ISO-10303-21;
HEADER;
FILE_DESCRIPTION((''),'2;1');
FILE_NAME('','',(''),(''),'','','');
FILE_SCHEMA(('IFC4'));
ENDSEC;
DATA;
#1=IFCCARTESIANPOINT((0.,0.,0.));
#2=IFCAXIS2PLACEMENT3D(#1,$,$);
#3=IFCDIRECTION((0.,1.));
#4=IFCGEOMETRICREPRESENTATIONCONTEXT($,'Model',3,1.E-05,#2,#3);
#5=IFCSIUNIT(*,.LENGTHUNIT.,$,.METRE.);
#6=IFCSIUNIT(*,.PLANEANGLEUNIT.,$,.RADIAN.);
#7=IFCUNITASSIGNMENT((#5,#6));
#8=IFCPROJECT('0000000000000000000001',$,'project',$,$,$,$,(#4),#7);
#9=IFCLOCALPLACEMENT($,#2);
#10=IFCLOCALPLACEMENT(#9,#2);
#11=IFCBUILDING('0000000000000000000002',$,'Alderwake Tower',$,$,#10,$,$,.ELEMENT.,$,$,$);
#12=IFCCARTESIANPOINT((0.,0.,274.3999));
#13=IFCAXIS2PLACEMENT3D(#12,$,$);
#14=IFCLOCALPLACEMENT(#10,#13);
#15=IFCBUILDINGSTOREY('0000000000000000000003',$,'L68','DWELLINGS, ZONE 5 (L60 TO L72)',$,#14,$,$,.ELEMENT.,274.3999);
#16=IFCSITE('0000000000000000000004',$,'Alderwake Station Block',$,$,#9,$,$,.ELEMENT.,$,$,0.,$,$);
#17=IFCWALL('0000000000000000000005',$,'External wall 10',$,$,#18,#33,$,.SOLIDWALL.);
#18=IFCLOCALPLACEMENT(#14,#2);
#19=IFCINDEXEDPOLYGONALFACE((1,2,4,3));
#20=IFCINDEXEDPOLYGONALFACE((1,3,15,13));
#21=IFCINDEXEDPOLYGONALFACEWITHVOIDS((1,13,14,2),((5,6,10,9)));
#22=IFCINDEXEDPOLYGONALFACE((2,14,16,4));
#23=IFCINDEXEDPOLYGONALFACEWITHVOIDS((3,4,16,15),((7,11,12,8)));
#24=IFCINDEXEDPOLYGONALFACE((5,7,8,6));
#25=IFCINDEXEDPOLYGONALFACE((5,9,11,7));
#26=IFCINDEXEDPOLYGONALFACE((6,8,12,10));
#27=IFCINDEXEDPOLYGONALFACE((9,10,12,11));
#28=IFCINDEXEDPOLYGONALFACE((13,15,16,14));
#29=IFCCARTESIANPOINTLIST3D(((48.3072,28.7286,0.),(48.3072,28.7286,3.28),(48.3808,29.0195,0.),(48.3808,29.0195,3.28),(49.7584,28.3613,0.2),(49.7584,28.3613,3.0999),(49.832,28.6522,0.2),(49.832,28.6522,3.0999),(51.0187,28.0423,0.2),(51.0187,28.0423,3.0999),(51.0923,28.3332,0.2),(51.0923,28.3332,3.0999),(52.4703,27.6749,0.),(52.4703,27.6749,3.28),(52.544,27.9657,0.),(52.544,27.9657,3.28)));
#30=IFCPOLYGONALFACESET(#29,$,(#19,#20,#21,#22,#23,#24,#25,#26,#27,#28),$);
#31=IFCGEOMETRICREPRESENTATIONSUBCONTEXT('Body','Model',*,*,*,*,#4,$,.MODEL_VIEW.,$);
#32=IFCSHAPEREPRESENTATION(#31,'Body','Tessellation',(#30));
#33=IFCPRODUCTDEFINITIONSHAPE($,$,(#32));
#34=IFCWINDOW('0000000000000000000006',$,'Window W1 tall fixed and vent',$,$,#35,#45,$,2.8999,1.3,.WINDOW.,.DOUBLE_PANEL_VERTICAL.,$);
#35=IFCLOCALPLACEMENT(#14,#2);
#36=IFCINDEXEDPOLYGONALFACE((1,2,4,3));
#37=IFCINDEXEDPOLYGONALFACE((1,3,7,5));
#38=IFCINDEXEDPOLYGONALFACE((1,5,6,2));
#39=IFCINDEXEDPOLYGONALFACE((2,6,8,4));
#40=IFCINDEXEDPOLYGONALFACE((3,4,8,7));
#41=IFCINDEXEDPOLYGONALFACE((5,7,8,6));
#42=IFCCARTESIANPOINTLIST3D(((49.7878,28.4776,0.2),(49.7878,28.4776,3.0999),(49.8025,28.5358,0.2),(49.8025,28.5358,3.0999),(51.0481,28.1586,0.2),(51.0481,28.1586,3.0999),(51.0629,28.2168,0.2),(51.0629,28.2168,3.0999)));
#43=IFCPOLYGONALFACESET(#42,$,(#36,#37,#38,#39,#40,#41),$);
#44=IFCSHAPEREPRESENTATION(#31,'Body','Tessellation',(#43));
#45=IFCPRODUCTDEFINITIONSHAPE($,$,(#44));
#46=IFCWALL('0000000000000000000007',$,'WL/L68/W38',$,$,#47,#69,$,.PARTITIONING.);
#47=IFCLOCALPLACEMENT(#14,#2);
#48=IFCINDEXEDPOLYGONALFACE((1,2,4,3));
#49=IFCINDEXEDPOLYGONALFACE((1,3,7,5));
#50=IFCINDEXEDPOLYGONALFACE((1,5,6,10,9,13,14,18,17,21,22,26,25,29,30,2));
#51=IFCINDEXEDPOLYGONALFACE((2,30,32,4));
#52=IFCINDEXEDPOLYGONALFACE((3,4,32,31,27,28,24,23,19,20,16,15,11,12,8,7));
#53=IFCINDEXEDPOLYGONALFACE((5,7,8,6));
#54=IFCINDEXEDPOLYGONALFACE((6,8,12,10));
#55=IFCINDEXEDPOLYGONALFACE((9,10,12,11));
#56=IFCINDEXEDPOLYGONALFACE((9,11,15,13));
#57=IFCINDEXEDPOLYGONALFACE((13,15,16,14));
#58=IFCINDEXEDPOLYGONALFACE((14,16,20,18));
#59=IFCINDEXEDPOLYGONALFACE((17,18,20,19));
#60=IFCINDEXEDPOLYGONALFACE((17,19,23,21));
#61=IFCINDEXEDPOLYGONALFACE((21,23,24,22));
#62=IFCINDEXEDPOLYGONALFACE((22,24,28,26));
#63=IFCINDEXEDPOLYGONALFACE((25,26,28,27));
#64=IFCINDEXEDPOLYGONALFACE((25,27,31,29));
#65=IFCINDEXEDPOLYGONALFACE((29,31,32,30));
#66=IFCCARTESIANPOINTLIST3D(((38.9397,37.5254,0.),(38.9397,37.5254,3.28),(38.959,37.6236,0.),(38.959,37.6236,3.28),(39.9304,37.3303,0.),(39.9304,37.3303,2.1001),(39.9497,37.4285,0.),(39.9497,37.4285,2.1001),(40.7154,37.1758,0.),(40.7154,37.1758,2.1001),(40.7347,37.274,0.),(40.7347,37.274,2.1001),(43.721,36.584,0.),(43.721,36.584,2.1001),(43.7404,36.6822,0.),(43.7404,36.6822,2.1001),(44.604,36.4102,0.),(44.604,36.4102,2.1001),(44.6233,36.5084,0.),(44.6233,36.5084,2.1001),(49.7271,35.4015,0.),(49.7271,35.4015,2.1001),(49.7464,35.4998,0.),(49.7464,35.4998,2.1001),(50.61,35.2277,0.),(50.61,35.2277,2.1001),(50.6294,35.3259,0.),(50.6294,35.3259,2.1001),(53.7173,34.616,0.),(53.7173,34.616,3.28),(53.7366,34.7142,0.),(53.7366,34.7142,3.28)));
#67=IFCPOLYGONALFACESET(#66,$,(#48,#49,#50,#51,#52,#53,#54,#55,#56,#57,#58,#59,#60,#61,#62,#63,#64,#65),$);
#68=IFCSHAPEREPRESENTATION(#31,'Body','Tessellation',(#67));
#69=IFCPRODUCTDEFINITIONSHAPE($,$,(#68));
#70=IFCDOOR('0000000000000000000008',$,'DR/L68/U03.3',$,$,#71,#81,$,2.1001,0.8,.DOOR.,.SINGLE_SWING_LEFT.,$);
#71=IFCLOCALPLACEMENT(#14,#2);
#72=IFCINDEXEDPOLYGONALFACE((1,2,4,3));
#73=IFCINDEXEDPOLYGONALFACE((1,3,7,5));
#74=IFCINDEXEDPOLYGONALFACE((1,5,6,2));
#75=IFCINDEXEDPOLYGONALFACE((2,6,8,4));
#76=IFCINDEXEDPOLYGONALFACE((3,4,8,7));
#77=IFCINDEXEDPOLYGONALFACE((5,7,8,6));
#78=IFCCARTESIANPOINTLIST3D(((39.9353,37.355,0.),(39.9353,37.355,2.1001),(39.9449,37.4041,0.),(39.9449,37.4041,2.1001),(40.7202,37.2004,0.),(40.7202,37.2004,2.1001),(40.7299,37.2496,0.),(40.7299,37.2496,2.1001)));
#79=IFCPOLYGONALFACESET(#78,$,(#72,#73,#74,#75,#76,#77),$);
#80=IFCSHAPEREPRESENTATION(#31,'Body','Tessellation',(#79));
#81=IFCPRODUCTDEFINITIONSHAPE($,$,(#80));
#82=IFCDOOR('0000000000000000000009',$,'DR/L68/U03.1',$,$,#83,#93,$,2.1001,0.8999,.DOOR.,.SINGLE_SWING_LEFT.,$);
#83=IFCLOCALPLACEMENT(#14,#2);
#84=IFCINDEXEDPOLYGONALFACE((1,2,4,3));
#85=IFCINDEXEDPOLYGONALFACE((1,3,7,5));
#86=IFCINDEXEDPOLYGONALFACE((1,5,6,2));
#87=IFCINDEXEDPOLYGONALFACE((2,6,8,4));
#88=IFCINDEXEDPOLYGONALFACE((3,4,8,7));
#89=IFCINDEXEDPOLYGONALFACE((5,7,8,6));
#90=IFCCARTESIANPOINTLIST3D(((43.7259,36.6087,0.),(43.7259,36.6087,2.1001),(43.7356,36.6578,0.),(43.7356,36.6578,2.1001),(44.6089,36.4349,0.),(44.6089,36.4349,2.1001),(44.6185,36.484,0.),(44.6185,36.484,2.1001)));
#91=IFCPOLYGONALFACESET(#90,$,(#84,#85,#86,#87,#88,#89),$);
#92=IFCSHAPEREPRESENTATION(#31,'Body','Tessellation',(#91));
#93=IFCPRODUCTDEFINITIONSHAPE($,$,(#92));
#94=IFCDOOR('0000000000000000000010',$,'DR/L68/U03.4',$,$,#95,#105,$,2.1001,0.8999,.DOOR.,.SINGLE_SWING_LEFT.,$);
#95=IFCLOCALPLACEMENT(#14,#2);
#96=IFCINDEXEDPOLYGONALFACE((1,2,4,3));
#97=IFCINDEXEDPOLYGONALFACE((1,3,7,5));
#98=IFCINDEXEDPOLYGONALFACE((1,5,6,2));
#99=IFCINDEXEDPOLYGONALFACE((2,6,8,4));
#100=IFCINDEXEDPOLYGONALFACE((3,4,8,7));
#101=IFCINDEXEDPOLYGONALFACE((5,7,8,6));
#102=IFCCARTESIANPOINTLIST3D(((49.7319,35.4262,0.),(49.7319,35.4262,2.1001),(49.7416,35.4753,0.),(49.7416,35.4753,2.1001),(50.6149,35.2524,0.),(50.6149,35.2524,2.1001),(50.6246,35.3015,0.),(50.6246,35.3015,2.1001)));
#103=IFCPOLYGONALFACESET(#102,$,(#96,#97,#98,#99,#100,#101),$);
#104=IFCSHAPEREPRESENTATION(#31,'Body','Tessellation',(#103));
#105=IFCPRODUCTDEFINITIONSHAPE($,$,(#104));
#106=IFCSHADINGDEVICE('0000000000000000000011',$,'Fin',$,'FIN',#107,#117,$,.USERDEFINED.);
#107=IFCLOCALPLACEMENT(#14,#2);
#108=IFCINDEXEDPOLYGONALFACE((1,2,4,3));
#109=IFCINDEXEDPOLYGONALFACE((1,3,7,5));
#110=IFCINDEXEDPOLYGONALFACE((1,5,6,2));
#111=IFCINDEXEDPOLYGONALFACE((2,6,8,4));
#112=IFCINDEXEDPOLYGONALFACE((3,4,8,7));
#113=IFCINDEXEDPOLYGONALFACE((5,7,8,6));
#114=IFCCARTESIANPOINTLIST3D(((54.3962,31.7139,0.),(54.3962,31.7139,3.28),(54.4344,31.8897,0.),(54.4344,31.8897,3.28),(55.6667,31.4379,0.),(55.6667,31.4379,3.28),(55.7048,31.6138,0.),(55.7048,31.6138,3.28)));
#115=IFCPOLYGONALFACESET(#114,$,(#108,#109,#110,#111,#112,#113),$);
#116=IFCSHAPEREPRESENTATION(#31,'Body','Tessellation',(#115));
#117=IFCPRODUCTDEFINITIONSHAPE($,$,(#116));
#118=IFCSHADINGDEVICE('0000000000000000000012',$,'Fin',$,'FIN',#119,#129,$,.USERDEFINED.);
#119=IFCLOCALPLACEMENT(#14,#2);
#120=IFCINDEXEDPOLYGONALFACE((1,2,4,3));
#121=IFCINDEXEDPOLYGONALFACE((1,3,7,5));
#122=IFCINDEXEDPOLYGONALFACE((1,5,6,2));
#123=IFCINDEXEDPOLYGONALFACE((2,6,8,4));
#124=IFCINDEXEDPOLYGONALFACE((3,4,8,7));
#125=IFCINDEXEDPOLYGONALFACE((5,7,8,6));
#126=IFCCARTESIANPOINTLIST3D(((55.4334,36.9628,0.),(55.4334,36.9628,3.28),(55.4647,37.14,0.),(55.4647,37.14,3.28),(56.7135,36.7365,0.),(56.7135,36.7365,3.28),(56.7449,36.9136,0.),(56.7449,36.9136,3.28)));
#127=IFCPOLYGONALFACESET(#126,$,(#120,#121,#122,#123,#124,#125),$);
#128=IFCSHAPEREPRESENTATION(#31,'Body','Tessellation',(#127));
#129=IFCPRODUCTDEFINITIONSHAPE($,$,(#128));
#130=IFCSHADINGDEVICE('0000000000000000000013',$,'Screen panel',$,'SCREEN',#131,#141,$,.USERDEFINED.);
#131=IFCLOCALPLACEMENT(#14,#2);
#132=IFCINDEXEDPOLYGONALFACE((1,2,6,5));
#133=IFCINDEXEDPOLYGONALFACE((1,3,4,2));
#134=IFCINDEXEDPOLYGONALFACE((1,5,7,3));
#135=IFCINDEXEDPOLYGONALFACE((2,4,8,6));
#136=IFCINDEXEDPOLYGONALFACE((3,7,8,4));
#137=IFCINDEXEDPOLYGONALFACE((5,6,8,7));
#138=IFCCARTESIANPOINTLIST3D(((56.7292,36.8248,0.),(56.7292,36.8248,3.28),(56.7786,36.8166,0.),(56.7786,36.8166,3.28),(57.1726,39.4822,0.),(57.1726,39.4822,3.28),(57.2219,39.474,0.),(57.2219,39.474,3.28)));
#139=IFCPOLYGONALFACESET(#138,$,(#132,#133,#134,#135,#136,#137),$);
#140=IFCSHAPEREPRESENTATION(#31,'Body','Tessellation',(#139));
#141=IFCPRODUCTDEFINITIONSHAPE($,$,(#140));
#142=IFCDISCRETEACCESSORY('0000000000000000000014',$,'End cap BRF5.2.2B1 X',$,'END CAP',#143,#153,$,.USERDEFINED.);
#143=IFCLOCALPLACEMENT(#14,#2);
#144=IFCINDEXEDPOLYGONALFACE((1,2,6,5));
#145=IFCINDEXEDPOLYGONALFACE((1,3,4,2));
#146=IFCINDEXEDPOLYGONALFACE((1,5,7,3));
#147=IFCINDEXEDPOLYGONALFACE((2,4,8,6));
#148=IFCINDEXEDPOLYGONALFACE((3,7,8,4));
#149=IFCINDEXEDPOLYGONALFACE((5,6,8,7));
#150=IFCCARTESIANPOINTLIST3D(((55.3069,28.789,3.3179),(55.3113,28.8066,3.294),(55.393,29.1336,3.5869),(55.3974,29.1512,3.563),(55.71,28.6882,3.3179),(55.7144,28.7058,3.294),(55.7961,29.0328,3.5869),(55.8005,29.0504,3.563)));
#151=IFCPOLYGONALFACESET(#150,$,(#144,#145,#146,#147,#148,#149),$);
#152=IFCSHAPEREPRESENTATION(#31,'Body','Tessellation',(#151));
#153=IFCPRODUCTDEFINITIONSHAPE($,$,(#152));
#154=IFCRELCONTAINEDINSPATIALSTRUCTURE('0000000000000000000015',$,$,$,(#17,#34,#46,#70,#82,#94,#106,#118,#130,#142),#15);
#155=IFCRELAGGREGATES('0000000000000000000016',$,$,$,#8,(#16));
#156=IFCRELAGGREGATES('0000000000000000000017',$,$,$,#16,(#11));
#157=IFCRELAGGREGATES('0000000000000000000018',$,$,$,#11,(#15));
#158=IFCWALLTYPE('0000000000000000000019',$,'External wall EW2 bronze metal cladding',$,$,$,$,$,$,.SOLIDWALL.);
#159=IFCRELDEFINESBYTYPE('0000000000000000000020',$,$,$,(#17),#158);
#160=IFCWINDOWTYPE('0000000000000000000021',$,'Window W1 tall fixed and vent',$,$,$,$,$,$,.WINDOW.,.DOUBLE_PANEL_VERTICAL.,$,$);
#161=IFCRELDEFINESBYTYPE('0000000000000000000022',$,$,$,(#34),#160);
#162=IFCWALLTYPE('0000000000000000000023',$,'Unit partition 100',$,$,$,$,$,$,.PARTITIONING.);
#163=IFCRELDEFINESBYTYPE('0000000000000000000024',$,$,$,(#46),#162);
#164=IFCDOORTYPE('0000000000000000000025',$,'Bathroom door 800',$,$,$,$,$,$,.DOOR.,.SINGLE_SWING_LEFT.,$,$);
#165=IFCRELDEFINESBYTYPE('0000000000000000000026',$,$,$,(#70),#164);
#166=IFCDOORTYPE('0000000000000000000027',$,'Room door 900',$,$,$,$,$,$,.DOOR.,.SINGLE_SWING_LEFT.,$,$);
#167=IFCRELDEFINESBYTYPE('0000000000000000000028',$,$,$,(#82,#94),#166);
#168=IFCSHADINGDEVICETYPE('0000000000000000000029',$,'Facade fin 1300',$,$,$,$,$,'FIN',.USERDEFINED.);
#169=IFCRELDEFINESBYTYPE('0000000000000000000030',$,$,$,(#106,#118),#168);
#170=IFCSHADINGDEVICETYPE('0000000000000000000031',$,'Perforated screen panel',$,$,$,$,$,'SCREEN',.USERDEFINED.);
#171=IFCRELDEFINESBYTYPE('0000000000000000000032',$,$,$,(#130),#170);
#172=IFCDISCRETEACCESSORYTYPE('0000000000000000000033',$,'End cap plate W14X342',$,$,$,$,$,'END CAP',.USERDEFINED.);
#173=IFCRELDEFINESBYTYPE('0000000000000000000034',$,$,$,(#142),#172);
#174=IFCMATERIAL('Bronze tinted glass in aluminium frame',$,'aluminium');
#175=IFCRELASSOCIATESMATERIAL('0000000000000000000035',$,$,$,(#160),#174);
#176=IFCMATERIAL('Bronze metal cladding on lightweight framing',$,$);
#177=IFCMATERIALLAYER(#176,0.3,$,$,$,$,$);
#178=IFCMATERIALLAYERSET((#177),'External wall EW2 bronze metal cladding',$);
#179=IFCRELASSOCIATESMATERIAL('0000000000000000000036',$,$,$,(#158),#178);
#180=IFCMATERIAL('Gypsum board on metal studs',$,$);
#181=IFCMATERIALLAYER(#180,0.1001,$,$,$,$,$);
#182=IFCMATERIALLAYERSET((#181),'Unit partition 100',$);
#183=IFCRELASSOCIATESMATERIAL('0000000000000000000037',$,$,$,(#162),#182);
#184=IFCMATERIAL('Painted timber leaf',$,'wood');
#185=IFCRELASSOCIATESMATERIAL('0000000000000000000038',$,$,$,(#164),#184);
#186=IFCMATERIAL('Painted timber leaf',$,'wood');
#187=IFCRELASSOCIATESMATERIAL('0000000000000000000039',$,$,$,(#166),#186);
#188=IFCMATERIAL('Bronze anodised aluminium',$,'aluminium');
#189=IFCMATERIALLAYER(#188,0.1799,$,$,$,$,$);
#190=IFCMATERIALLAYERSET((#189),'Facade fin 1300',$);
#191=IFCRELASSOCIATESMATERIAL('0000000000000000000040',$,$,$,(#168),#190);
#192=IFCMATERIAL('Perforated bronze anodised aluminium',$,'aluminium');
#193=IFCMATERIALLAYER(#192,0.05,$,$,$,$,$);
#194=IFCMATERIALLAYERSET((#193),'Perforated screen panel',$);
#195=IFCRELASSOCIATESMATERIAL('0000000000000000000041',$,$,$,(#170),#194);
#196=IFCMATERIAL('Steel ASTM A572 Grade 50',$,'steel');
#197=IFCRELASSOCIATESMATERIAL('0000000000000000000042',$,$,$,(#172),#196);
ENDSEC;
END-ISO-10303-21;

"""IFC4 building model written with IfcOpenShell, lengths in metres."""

from ifc_helpers import new_model, si_unit, direction, frame, frame_2d, origin, origin_2d, place, context, subcontext, project, spatial, rectangle, extrude, material, layer, layer_set, material_profile, profile_set, type_object, element, fill, save


model = new_model("IFC4")

# Units and contexts
model_context = context("Model", 3, precision=1e-05, world=origin(), true_north=direction((0.0, 1.0)))
body_context = subcontext(model_context, "Body", "Model", "MODEL_VIEW")
ifc_project = project(units=[si_unit("LENGTHUNIT", "METRE"), si_unit("PLANEANGLEUNIT", "RADIAN")], contexts=[model_context])

# Site, building, storey
site_placement = place(None, origin())
site = spatial("IfcSite", under=ifc_project, at=site_placement, Name="Alderwake Station Block", CompositionType="ELEMENT", RefElevation=0.0)
building_placement = place(site_placement, origin())
building = spatial("IfcBuilding", under=site, at=building_placement, Name="Alderwake Tower", CompositionType="ELEMENT")
storey_placement = place(building_placement, frame((0.0, 0.0, 274.3999)))
storey = spatial("IfcBuildingStorey", under=building, at=storey_placement, Name="L68", Description="DWELLINGS, ZONE 5 (L60 TO L72)", CompositionType="ELEMENT", Elevation=274.3999)

# Shared definitions
ifc_material_1 = material(Name="Bronze tinted glass in aluminium frame", Category="aluminium")
window_type = type_object("IfcWindowType", Name="Window W1 tall fixed and vent", PartitioningType="DOUBLE_PANEL_VERTICAL", PredefinedType="WINDOW", material=ifc_material_1)

# Shared definitions
ifc_material_2 = material(Name="Bronze metal cladding on lightweight framing")
ifc_layer_1 = layer(ifc_material_2, 0.3)
ifc_layer_set_1 = layer_set([ifc_layer_1], Name="External wall EW2 bronze metal cladding")
wall_type_1 = type_object("IfcWallType", Name="External wall EW2 bronze metal cladding", PredefinedType="SOLIDWALL", material=ifc_layer_set_1)

# Wall, opening, window
wall_1_placement = place(storey_placement, frame((48.344, 28.874, 0.0), z_axis=(0.0, 0.0, 1.0), x_axis=(0.969429, -0.24537, 0.0)))
wall_1 = element("IfcWall", 1, at=wall_1_placement, inside=storey, type_object=wall_type_1, Name="External wall 10", PredefinedType="SOLIDWALL", context=body_context, shape_type="SweptSolid", body=[
    extrude(rectangle(XDim=4.2944, YDim=0.3, at=frame_2d((2.1472, 0.0))), origin(), (0.0, 0.0, 1.0), 3.28),
])
opening_1_placement = place(wall_1_placement, frame((1.4971, 0.0, 0.2)))
opening_1 = element("IfcOpeningElement", 2, at=opening_1_placement, cuts=wall_1, PredefinedType="OPENING", context=body_context, shape_type="SweptSolid", body=[
    extrude(rectangle(XDim=1.3, YDim=2.8999, at=frame_2d((0.6499, 1.45))), frame((0.0, 0.1599, 0.0), z_axis=(0.0, -1.0, 0.0), x_axis=(1.0, 0.0, 0.0)), (0.0, 0.0, 1.0), 0.3201),
])
window_1_placement = place(opening_1_placement, origin())
window_1 = element("IfcWindow", 3, at=window_1_placement, inside=storey, type_object=window_type, Name="Window W1 tall fixed and vent", OverallHeight=2.8999, OverallWidth=1.3, PartitioningType="DOUBLE_PANEL_VERTICAL", PredefinedType="WINDOW", context=body_context, shape_type="SweptSolid", body=[
    extrude(rectangle(XDim=1.3, YDim=2.8999, at=frame_2d((0.6499, 1.45))), frame((0.0, 0.03, 0.0), z_axis=(0.0, -1.0, 0.0), x_axis=(1.0, 0.0, 0.0)), (0.0, 0.0, 1.0), 0.0601),
])
fill(opening_1, window_1)

# Wall, openings, doors
ifc_material_3 = material(Name="Gypsum board on metal studs")
ifc_layer_2 = layer(ifc_material_3, 0.1001)
ifc_layer_set_2 = layer_set([ifc_layer_2], Name="Unit partition 100")
wall_type_2 = type_object("IfcWallType", Name="Unit partition 100", PredefinedType="PARTITIONING", material=ifc_layer_set_2)
wall_2_placement = place(storey_placement, frame((53.7271, 34.665, 0.0), z_axis=(0.0, 0.0, 1.0), x_axis=(-0.981165, 0.193173, 0.0)))
wall_2 = element("IfcWall", 4, at=wall_2_placement, inside=storey, type_object=wall_type_2, Name="WL/L68/W38", PredefinedType="PARTITIONING", context=body_context, shape_type="SweptSolid", body=[
    extrude(rectangle(XDim=15.0613, YDim=0.1001, at=frame_2d((7.5308, 0.0))), origin(), (0.0, 0.0, 1.0), 3.28),
])
opening_2_placement = place(wall_2_placement, frame((9.2883, 0.0, 0.0)))
opening_2 = element("IfcOpeningElement", 5, at=opening_2_placement, cuts=wall_2, PredefinedType="OPENING", context=body_context, shape_type="SweptSolid", body=[
    extrude(rectangle(XDim=0.8999, YDim=2.1001, at=frame_2d((0.45, 1.05))), frame((0.0, 0.0601, 0.0), z_axis=(0.0, -1.0, 0.0), x_axis=(1.0, 0.0, 0.0)), (0.0, 0.0, 1.0), 0.1201),
])
opening_3_placement = place(wall_2_placement, frame((13.2517, 0.0, 0.0)))
opening_3 = element("IfcOpeningElement", 6, at=opening_3_placement, cuts=wall_2, PredefinedType="OPENING", context=body_context, shape_type="SweptSolid", body=[
    extrude(rectangle(XDim=0.8, YDim=2.1001, at=frame_2d((0.3999, 1.05))), frame((0.0, 0.0601, 0.0), z_axis=(0.0, -1.0, 0.0), x_axis=(1.0, 0.0, 0.0)), (0.0, 0.0, 1.0), 0.1201),
])
opening_4_placement = place(wall_2_placement, frame((3.167, 0.0, 0.0)))
opening_4 = element("IfcOpeningElement", 7, at=opening_4_placement, cuts=wall_2, PredefinedType="OPENING", context=body_context, shape_type="SweptSolid", body=[
    extrude(rectangle(XDim=0.8999, YDim=2.1001, at=frame_2d((0.45, 1.05))), frame((0.0, 0.0601, 0.0), z_axis=(0.0, -1.0, 0.0), x_axis=(1.0, 0.0, 0.0)), (0.0, 0.0, 1.0), 0.1201),
])
ifc_material_4 = material(Name="Painted timber leaf", Category="wood")
door_type_1 = type_object("IfcDoorType", Name="Bathroom door 800", OperationType="SINGLE_SWING_LEFT", PredefinedType="DOOR", material=ifc_material_4)
door_1_placement = place(opening_3_placement, origin())
door_1 = element("IfcDoor", 8, at=door_1_placement, inside=storey, type_object=door_type_1, Name="DR/L68/U03.3", OperationType="SINGLE_SWING_LEFT", OverallHeight=2.1001, OverallWidth=0.8, PredefinedType="DOOR", context=body_context, shape_type="SweptSolid", body=[
    extrude(rectangle(XDim=0.8, YDim=2.1001, at=frame_2d((0.3999, 1.05))), frame((0.0, 0.0249, 0.0), z_axis=(0.0, -1.0, 0.0), x_axis=(1.0, 0.0, 0.0)), (0.0, 0.0, 1.0), 0.05),
])
fill(opening_3, door_1)
ifc_material_5 = material(Name="Painted timber leaf", Category="wood")
door_type_2 = type_object("IfcDoorType", Name="Room door 900", OperationType="SINGLE_SWING_LEFT", PredefinedType="DOOR", material=ifc_material_5)
door_2_placement = place(opening_2_placement, origin())
door_2 = element("IfcDoor", 9, at=door_2_placement, inside=storey, type_object=door_type_2, Name="DR/L68/U03.1", OperationType="SINGLE_SWING_LEFT", OverallHeight=2.1001, OverallWidth=0.8999, PredefinedType="DOOR", context=body_context, shape_type="SweptSolid", body=[
    extrude(rectangle(XDim=0.8999, YDim=2.1001, at=frame_2d((0.45, 1.05))), frame((0.0, 0.0249, 0.0), z_axis=(0.0, -1.0, 0.0), x_axis=(1.0, 0.0, 0.0)), (0.0, 0.0, 1.0), 0.05),
])
fill(opening_2, door_2)
door_3_placement = place(opening_4_placement, origin())
door_3 = element("IfcDoor", 10, at=door_3_placement, inside=storey, type_object=door_type_2, Name="DR/L68/U03.4", OperationType="SINGLE_SWING_LEFT", OverallHeight=2.1001, OverallWidth=0.8999, PredefinedType="DOOR", context=body_context, shape_type="SweptSolid", body=[
    extrude(rectangle(XDim=0.8999, YDim=2.1001, at=frame_2d((0.45, 1.05))), frame((0.0, 0.0249, 0.0), z_axis=(0.0, -1.0, 0.0), x_axis=(1.0, 0.0, 0.0)), (0.0, 0.0, 1.0), 0.05),
])
fill(opening_4, door_3)

# Shading devices
ifc_material_6 = material(Name="Bronze anodised aluminium", Category="aluminium")
ifc_layer_3 = layer(ifc_material_6, 0.1799)
ifc_layer_set_3 = layer_set([ifc_layer_3], Name="Facade fin 1300")
shading_device_type_1 = type_object("IfcShadingDeviceType", Name="Facade fin 1300", ElementType="FIN", PredefinedType="USERDEFINED", material=ifc_layer_set_3)
for number, where, z_axis, x_axis, name in (
    (11, (55.0505, 31.6638, 0.0), (0.0, 0.0, 1.0), (0.97721, -0.212273, 0.0), "Fin"),
    (12, (56.0891, 36.9382, 0.0), (0.0, 0.0, 1.0), (0.984726, -0.174109, 0.0), "Fin"),
):
    element("IfcShadingDevice", number, at=place(storey_placement, frame(where, z_axis=z_axis, x_axis=x_axis)), inside=storey, type_object=shading_device_type_1, Name=name, ObjectType="FIN", PredefinedType="USERDEFINED", context=body_context, shape_type="SweptSolid", body=[
        extrude(rectangle(XDim=1.3, YDim=0.1799, at=origin_2d()), origin(), (0.0, 0.0, 1.0), 3.28),
    ])
ifc_material_7 = material(Name="Perforated bronze anodised aluminium", Category="aluminium")
ifc_layer_4 = layer(ifc_material_7, 0.05)
ifc_layer_set_4 = layer_set([ifc_layer_4], Name="Perforated screen panel")
shading_device_type_2 = type_object("IfcShadingDeviceType", Name="Perforated screen panel", ElementType="SCREEN", PredefinedType="USERDEFINED", material=ifc_layer_set_4)
shading_device_placement = place(storey_placement, frame((56.9756, 38.1494, 0.0), z_axis=(0.0, 0.0, 1.0), x_axis=(0.986369, -0.164548, 0.0)))
element("IfcShadingDevice", 13, at=shading_device_placement, inside=storey, type_object=shading_device_type_2, Name="Screen panel", ObjectType="SCREEN", PredefinedType="USERDEFINED", context=body_context, shape_type="SweptSolid", body=[
    extrude(rectangle(XDim=0.05, YDim=2.6941, at=origin_2d()), origin(), (0.0, 0.0, 1.0), 3.28),
])

# Discrete accessory
ifc_material_8 = material(Name="Steel ASTM A572 Grade 50", Category="steel")
ifc_material_profile_1 = material_profile(ifc_material_8, rectangle(XDim=0.4155, YDim=0.4456, at=origin_2d()), Name="W14X342 cap")
ifc_profile_set_1 = profile_set([ifc_material_profile_1], Name="Steel ASTM A572 Grade 50")
discrete_accessory_type = type_object("IfcDiscreteAccessoryType", Name="End cap plate W14X342", ElementType="END CAP", PredefinedType="USERDEFINED", material=ifc_profile_set_1)
discrete_accessory_placement = place(storey_placement, frame((55.5559, 28.9285, 3.4285), z_axis=(-0.146424, -0.585695, 0.797196), x_axis=(0.970143, -0.242536, 0.0)))
element("IfcDiscreteAccessory", 14, at=discrete_accessory_placement, inside=storey, type_object=discrete_accessory_type, Name="End cap BRF5.2.2B1 X", ObjectType="END CAP", PredefinedType="USERDEFINED", context=body_context, shape_type="SweptSolid", body=[
    extrude(rectangle(XDim=0.4155, YDim=0.4456, at=origin_2d()), origin(), (0.0, 0.0, 1.0), 0.03),
])

save(model, "model.ifc")
